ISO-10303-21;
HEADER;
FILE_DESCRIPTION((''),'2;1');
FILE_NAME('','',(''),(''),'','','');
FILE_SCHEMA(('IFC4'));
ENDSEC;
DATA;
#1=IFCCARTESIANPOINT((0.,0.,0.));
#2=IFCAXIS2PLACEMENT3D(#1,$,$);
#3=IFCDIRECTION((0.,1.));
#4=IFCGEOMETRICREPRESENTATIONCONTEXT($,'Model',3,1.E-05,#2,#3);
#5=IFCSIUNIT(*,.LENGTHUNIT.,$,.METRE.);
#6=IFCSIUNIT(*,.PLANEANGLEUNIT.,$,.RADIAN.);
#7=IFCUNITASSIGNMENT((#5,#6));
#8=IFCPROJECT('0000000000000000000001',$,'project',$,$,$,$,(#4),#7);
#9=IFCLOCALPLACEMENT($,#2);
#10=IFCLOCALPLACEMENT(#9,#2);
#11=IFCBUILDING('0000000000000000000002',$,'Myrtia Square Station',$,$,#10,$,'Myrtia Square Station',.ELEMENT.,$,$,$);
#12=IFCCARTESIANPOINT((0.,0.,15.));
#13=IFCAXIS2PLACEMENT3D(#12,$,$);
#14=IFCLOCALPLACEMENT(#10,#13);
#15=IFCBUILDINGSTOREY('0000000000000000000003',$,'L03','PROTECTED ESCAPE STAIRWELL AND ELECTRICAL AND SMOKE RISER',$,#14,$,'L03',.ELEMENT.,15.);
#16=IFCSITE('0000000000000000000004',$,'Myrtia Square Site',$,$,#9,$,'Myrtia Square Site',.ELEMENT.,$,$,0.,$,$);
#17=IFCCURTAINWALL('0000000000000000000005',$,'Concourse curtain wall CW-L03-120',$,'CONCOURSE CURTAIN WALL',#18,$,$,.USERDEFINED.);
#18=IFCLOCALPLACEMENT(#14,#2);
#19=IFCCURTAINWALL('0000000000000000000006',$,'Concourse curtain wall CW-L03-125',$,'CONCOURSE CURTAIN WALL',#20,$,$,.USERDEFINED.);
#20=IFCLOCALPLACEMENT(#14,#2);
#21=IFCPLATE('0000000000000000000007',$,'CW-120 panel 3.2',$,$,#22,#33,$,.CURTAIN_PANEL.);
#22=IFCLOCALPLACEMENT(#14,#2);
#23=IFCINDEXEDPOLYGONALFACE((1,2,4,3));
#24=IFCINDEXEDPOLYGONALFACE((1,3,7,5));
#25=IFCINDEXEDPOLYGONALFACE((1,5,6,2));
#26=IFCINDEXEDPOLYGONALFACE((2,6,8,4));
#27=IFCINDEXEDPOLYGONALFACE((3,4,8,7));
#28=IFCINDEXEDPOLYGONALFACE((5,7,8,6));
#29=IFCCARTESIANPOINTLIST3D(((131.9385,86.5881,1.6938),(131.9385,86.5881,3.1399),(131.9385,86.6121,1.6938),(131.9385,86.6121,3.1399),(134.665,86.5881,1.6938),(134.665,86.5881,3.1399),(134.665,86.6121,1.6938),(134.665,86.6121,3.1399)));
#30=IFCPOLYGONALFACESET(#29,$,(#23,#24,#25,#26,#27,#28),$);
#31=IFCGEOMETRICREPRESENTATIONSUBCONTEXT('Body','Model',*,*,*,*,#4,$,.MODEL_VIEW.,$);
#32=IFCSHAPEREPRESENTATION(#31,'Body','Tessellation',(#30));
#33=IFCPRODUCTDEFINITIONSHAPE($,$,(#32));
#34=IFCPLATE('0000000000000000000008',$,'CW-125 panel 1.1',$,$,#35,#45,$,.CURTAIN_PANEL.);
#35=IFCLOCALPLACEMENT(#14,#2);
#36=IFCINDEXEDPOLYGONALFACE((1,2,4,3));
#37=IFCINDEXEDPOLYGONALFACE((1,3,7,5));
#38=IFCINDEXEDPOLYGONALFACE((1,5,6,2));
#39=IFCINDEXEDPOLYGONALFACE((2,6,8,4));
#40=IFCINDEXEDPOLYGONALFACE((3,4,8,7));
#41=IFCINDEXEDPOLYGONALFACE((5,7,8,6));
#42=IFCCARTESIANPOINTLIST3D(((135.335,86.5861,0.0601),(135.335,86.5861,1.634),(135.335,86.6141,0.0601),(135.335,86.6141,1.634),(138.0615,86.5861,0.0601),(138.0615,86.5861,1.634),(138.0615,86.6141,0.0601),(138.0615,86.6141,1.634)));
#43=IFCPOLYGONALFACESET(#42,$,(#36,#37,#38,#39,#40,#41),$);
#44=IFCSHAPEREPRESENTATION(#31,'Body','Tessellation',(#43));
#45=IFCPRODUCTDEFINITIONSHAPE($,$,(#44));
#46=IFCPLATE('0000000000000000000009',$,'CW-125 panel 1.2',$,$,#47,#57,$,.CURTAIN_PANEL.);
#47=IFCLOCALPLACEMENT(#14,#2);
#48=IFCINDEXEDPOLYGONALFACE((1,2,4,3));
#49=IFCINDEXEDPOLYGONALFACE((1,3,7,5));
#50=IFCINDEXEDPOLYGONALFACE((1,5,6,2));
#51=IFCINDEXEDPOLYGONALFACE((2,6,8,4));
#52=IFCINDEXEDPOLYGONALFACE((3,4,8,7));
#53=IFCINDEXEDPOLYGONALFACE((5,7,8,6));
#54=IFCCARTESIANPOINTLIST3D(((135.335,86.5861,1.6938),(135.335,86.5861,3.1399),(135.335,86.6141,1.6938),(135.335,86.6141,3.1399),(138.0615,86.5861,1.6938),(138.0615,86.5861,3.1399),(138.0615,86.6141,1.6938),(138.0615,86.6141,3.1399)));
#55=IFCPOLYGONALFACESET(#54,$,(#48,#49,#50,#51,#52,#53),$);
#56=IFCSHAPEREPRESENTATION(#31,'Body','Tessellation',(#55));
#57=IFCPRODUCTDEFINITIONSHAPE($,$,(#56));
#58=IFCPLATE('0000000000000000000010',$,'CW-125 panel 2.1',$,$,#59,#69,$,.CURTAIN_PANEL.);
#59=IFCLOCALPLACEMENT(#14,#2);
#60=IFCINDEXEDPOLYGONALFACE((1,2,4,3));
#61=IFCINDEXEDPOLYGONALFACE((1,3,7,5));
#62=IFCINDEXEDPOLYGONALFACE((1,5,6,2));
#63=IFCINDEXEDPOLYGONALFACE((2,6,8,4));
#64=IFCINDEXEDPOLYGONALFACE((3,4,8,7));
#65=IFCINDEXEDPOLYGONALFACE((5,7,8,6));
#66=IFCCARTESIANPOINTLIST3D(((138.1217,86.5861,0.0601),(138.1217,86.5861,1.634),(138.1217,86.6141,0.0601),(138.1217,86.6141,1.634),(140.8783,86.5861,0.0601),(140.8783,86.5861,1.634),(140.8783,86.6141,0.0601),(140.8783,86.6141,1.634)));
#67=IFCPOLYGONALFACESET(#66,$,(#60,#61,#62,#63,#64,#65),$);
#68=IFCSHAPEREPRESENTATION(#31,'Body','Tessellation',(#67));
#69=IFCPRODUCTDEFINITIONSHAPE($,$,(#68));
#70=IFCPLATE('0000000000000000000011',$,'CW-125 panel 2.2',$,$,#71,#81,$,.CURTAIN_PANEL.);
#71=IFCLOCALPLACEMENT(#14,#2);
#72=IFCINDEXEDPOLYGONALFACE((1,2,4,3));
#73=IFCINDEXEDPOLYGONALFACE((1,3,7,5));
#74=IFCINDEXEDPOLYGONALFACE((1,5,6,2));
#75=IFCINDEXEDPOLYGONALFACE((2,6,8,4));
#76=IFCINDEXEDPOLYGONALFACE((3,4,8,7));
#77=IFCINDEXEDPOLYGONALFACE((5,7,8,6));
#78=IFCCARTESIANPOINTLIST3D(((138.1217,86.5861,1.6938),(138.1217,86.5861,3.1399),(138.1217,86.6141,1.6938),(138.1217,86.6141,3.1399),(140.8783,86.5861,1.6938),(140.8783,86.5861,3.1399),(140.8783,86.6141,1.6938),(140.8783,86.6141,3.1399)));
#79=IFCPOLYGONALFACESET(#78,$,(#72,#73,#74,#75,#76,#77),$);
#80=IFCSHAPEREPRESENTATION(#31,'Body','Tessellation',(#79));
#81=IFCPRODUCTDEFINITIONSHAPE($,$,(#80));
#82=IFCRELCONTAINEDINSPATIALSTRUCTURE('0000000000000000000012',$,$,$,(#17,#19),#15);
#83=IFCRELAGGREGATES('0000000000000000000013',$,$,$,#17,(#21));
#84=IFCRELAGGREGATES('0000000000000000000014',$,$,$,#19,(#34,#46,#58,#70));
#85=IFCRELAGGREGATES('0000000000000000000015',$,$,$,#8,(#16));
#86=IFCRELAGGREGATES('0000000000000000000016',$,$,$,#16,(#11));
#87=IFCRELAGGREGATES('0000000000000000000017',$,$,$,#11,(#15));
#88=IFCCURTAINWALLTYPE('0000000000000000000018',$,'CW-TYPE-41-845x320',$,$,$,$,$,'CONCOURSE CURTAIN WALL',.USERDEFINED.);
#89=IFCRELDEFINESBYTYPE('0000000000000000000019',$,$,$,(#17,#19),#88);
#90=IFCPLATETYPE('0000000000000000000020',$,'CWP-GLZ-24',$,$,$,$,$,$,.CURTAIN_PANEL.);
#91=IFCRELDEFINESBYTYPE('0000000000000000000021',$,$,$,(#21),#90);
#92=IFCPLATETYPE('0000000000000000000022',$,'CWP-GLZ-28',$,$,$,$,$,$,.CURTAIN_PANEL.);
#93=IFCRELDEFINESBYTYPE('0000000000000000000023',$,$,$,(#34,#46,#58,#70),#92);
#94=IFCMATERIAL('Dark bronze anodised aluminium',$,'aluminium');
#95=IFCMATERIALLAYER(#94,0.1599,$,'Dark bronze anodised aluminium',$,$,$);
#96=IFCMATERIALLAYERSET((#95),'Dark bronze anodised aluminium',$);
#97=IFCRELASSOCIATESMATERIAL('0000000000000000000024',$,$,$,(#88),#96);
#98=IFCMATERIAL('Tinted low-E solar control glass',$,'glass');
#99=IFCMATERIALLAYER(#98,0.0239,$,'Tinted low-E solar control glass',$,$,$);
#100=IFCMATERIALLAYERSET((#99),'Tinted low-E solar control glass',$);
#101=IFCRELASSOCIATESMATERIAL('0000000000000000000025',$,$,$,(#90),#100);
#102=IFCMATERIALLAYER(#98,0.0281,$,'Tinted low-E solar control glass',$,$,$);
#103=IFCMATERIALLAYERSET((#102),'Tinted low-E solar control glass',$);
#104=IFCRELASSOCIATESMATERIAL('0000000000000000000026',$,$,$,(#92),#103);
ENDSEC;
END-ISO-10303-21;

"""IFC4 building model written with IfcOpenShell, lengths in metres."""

from ifc_helpers import new_model, si_unit, direction, frame, origin, origin_2d, place, context, subcontext, project, spatial, rectangle, extrude, material, layer, layer_set, type_object, element, aggregate, save


model = new_model("IFC4")

# Units and contexts
model_context = context("Model", 3, precision=1e-05, world=origin(), true_north=direction((0.0, 1.0)))
body_context = subcontext(model_context, "Body", "Model", "MODEL_VIEW")
ifc_project = project(units=[si_unit("LENGTHUNIT", "METRE"), si_unit("PLANEANGLEUNIT", "RADIAN")], contexts=[model_context])

# Site, building, storey
site_placement = place(None, origin())
site = spatial("IfcSite", under=ifc_project, at=site_placement, Name="Myrtia Square Site", LongName="Myrtia Square Site", CompositionType="ELEMENT", RefElevation=0.0)
building_placement = place(site_placement, origin())
building = spatial("IfcBuilding", under=site, at=building_placement, Name="Myrtia Square Station", LongName="Myrtia Square Station", CompositionType="ELEMENT")
storey_placement = place(building_placement, frame((0.0, 0.0, 15.0)))
storey = spatial("IfcBuildingStorey", under=building, at=storey_placement, Name="L03", Description="PROTECTED ESCAPE STAIRWELL AND ELECTRICAL AND SMOKE RISER", LongName="L03", CompositionType="ELEMENT", Elevation=15.0)

# Curtain walls
ifc_material_1 = material(Name="Dark bronze anodised aluminium", Category="aluminium")
ifc_layer_1 = layer(ifc_material_1, 0.1599, Name="Dark bronze anodised aluminium")
ifc_layer_set_1 = layer_set([ifc_layer_1], Name="Dark bronze anodised aluminium")
curtain_wall_type = type_object("IfcCurtainWallType", Name="CW-TYPE-41-845x320", ElementType="CONCOURSE CURTAIN WALL", PredefinedType="USERDEFINED", material=ifc_layer_set_1)
curtain_wall_1_placement = place(storey_placement, origin())
curtain_wall_1 = element("IfcCurtainWall", 1, at=curtain_wall_1_placement, inside=storey, type_object=curtain_wall_type, Name="Concourse curtain wall CW-L03-120", ObjectType="CONCOURSE CURTAIN WALL", PredefinedType="USERDEFINED")
curtain_wall_2_placement = place(storey_placement, origin())
curtain_wall_2 = element("IfcCurtainWall", 2, at=curtain_wall_2_placement, inside=storey, type_object=curtain_wall_type, Name="Concourse curtain wall CW-L03-125", ObjectType="CONCOURSE CURTAIN WALL", PredefinedType="USERDEFINED")

# Plates
ifc_material_2 = material(Name="Tinted low-E solar control glass", Category="glass")
ifc_layer_2 = layer(ifc_material_2, 0.0239, Name="Tinted low-E solar control glass")
ifc_layer_set_2 = layer_set([ifc_layer_2], Name="Tinted low-E solar control glass")
plate_type_1 = type_object("IfcPlateType", Name="CWP-GLZ-24", PredefinedType="CURTAIN_PANEL", material=ifc_layer_set_2)
plate_1_placement = place(storey_placement, frame((133.3018, 86.6001, 1.6938), z_axis=(0.0, 0.0, 1.0), x_axis=(1.0, 0.0, 0.0)))
plate_1 = element("IfcPlate", 3, at=plate_1_placement, type_object=plate_type_1, Name="CW-120 panel 3.2", PredefinedType="CURTAIN_PANEL", context=body_context, shape_type="SweptSolid", body=[
    extrude(rectangle(XDim=2.7266, YDim=0.0239, at=origin_2d()), origin(), (0.0, 0.0, 1.0), 1.446),
])
aggregate(curtain_wall_1, [plate_1])
ifc_layer_3 = layer(ifc_material_2, 0.0281, Name="Tinted low-E solar control glass")
ifc_layer_set_3 = layer_set([ifc_layer_3], Name="Tinted low-E solar control glass")
plate_type_2 = type_object("IfcPlateType", Name="CWP-GLZ-28", PredefinedType="CURTAIN_PANEL", material=ifc_layer_set_3)
plate_2_placement = place(storey_placement, frame((136.6982, 86.6001, 0.0601), z_axis=(0.0, 0.0, 1.0), x_axis=(1.0, 0.0, 0.0)))
plate_2 = element("IfcPlate", 4, at=plate_2_placement, type_object=plate_type_2, Name="CW-125 panel 1.1", PredefinedType="CURTAIN_PANEL", context=body_context, shape_type="SweptSolid", body=[
    extrude(rectangle(XDim=2.7266, YDim=0.0281, at=origin_2d()), origin(), (0.0, 0.0, 1.0), 1.574),
])
plate_3_placement = place(storey_placement, frame((136.6982, 86.6001, 1.6938), z_axis=(0.0, 0.0, 1.0), x_axis=(1.0, 0.0, 0.0)))
plate_3 = element("IfcPlate", 5, at=plate_3_placement, type_object=plate_type_2, Name="CW-125 panel 1.2", PredefinedType="CURTAIN_PANEL", context=body_context, shape_type="SweptSolid", body=[
    extrude(rectangle(XDim=2.7266, YDim=0.0281, at=origin_2d()), origin(), (0.0, 0.0, 1.0), 1.446),
])
plate_4_placement = place(storey_placement, frame((139.5, 86.6001, 0.0601), z_axis=(0.0, 0.0, 1.0), x_axis=(1.0, 0.0, 0.0)))
plate_4 = element("IfcPlate", 6, at=plate_4_placement, type_object=plate_type_2, Name="CW-125 panel 2.1", PredefinedType="CURTAIN_PANEL", context=body_context, shape_type="SweptSolid", body=[
    extrude(rectangle(XDim=2.7566, YDim=0.0281, at=origin_2d()), origin(), (0.0, 0.0, 1.0), 1.574),
])
plate_5_placement = place(storey_placement, frame((139.5, 86.6001, 1.6938), z_axis=(0.0, 0.0, 1.0), x_axis=(1.0, 0.0, 0.0)))
plate_5 = element("IfcPlate", 7, at=plate_5_placement, type_object=plate_type_2, Name="CW-125 panel 2.2", PredefinedType="CURTAIN_PANEL", context=body_context, shape_type="SweptSolid", body=[
    extrude(rectangle(XDim=2.7566, YDim=0.0281, at=origin_2d()), origin(), (0.0, 0.0, 1.0), 1.446),
])
aggregate(curtain_wall_2, [plate_2, plate_3, plate_4, plate_5])

save(model, "model.ifc")
